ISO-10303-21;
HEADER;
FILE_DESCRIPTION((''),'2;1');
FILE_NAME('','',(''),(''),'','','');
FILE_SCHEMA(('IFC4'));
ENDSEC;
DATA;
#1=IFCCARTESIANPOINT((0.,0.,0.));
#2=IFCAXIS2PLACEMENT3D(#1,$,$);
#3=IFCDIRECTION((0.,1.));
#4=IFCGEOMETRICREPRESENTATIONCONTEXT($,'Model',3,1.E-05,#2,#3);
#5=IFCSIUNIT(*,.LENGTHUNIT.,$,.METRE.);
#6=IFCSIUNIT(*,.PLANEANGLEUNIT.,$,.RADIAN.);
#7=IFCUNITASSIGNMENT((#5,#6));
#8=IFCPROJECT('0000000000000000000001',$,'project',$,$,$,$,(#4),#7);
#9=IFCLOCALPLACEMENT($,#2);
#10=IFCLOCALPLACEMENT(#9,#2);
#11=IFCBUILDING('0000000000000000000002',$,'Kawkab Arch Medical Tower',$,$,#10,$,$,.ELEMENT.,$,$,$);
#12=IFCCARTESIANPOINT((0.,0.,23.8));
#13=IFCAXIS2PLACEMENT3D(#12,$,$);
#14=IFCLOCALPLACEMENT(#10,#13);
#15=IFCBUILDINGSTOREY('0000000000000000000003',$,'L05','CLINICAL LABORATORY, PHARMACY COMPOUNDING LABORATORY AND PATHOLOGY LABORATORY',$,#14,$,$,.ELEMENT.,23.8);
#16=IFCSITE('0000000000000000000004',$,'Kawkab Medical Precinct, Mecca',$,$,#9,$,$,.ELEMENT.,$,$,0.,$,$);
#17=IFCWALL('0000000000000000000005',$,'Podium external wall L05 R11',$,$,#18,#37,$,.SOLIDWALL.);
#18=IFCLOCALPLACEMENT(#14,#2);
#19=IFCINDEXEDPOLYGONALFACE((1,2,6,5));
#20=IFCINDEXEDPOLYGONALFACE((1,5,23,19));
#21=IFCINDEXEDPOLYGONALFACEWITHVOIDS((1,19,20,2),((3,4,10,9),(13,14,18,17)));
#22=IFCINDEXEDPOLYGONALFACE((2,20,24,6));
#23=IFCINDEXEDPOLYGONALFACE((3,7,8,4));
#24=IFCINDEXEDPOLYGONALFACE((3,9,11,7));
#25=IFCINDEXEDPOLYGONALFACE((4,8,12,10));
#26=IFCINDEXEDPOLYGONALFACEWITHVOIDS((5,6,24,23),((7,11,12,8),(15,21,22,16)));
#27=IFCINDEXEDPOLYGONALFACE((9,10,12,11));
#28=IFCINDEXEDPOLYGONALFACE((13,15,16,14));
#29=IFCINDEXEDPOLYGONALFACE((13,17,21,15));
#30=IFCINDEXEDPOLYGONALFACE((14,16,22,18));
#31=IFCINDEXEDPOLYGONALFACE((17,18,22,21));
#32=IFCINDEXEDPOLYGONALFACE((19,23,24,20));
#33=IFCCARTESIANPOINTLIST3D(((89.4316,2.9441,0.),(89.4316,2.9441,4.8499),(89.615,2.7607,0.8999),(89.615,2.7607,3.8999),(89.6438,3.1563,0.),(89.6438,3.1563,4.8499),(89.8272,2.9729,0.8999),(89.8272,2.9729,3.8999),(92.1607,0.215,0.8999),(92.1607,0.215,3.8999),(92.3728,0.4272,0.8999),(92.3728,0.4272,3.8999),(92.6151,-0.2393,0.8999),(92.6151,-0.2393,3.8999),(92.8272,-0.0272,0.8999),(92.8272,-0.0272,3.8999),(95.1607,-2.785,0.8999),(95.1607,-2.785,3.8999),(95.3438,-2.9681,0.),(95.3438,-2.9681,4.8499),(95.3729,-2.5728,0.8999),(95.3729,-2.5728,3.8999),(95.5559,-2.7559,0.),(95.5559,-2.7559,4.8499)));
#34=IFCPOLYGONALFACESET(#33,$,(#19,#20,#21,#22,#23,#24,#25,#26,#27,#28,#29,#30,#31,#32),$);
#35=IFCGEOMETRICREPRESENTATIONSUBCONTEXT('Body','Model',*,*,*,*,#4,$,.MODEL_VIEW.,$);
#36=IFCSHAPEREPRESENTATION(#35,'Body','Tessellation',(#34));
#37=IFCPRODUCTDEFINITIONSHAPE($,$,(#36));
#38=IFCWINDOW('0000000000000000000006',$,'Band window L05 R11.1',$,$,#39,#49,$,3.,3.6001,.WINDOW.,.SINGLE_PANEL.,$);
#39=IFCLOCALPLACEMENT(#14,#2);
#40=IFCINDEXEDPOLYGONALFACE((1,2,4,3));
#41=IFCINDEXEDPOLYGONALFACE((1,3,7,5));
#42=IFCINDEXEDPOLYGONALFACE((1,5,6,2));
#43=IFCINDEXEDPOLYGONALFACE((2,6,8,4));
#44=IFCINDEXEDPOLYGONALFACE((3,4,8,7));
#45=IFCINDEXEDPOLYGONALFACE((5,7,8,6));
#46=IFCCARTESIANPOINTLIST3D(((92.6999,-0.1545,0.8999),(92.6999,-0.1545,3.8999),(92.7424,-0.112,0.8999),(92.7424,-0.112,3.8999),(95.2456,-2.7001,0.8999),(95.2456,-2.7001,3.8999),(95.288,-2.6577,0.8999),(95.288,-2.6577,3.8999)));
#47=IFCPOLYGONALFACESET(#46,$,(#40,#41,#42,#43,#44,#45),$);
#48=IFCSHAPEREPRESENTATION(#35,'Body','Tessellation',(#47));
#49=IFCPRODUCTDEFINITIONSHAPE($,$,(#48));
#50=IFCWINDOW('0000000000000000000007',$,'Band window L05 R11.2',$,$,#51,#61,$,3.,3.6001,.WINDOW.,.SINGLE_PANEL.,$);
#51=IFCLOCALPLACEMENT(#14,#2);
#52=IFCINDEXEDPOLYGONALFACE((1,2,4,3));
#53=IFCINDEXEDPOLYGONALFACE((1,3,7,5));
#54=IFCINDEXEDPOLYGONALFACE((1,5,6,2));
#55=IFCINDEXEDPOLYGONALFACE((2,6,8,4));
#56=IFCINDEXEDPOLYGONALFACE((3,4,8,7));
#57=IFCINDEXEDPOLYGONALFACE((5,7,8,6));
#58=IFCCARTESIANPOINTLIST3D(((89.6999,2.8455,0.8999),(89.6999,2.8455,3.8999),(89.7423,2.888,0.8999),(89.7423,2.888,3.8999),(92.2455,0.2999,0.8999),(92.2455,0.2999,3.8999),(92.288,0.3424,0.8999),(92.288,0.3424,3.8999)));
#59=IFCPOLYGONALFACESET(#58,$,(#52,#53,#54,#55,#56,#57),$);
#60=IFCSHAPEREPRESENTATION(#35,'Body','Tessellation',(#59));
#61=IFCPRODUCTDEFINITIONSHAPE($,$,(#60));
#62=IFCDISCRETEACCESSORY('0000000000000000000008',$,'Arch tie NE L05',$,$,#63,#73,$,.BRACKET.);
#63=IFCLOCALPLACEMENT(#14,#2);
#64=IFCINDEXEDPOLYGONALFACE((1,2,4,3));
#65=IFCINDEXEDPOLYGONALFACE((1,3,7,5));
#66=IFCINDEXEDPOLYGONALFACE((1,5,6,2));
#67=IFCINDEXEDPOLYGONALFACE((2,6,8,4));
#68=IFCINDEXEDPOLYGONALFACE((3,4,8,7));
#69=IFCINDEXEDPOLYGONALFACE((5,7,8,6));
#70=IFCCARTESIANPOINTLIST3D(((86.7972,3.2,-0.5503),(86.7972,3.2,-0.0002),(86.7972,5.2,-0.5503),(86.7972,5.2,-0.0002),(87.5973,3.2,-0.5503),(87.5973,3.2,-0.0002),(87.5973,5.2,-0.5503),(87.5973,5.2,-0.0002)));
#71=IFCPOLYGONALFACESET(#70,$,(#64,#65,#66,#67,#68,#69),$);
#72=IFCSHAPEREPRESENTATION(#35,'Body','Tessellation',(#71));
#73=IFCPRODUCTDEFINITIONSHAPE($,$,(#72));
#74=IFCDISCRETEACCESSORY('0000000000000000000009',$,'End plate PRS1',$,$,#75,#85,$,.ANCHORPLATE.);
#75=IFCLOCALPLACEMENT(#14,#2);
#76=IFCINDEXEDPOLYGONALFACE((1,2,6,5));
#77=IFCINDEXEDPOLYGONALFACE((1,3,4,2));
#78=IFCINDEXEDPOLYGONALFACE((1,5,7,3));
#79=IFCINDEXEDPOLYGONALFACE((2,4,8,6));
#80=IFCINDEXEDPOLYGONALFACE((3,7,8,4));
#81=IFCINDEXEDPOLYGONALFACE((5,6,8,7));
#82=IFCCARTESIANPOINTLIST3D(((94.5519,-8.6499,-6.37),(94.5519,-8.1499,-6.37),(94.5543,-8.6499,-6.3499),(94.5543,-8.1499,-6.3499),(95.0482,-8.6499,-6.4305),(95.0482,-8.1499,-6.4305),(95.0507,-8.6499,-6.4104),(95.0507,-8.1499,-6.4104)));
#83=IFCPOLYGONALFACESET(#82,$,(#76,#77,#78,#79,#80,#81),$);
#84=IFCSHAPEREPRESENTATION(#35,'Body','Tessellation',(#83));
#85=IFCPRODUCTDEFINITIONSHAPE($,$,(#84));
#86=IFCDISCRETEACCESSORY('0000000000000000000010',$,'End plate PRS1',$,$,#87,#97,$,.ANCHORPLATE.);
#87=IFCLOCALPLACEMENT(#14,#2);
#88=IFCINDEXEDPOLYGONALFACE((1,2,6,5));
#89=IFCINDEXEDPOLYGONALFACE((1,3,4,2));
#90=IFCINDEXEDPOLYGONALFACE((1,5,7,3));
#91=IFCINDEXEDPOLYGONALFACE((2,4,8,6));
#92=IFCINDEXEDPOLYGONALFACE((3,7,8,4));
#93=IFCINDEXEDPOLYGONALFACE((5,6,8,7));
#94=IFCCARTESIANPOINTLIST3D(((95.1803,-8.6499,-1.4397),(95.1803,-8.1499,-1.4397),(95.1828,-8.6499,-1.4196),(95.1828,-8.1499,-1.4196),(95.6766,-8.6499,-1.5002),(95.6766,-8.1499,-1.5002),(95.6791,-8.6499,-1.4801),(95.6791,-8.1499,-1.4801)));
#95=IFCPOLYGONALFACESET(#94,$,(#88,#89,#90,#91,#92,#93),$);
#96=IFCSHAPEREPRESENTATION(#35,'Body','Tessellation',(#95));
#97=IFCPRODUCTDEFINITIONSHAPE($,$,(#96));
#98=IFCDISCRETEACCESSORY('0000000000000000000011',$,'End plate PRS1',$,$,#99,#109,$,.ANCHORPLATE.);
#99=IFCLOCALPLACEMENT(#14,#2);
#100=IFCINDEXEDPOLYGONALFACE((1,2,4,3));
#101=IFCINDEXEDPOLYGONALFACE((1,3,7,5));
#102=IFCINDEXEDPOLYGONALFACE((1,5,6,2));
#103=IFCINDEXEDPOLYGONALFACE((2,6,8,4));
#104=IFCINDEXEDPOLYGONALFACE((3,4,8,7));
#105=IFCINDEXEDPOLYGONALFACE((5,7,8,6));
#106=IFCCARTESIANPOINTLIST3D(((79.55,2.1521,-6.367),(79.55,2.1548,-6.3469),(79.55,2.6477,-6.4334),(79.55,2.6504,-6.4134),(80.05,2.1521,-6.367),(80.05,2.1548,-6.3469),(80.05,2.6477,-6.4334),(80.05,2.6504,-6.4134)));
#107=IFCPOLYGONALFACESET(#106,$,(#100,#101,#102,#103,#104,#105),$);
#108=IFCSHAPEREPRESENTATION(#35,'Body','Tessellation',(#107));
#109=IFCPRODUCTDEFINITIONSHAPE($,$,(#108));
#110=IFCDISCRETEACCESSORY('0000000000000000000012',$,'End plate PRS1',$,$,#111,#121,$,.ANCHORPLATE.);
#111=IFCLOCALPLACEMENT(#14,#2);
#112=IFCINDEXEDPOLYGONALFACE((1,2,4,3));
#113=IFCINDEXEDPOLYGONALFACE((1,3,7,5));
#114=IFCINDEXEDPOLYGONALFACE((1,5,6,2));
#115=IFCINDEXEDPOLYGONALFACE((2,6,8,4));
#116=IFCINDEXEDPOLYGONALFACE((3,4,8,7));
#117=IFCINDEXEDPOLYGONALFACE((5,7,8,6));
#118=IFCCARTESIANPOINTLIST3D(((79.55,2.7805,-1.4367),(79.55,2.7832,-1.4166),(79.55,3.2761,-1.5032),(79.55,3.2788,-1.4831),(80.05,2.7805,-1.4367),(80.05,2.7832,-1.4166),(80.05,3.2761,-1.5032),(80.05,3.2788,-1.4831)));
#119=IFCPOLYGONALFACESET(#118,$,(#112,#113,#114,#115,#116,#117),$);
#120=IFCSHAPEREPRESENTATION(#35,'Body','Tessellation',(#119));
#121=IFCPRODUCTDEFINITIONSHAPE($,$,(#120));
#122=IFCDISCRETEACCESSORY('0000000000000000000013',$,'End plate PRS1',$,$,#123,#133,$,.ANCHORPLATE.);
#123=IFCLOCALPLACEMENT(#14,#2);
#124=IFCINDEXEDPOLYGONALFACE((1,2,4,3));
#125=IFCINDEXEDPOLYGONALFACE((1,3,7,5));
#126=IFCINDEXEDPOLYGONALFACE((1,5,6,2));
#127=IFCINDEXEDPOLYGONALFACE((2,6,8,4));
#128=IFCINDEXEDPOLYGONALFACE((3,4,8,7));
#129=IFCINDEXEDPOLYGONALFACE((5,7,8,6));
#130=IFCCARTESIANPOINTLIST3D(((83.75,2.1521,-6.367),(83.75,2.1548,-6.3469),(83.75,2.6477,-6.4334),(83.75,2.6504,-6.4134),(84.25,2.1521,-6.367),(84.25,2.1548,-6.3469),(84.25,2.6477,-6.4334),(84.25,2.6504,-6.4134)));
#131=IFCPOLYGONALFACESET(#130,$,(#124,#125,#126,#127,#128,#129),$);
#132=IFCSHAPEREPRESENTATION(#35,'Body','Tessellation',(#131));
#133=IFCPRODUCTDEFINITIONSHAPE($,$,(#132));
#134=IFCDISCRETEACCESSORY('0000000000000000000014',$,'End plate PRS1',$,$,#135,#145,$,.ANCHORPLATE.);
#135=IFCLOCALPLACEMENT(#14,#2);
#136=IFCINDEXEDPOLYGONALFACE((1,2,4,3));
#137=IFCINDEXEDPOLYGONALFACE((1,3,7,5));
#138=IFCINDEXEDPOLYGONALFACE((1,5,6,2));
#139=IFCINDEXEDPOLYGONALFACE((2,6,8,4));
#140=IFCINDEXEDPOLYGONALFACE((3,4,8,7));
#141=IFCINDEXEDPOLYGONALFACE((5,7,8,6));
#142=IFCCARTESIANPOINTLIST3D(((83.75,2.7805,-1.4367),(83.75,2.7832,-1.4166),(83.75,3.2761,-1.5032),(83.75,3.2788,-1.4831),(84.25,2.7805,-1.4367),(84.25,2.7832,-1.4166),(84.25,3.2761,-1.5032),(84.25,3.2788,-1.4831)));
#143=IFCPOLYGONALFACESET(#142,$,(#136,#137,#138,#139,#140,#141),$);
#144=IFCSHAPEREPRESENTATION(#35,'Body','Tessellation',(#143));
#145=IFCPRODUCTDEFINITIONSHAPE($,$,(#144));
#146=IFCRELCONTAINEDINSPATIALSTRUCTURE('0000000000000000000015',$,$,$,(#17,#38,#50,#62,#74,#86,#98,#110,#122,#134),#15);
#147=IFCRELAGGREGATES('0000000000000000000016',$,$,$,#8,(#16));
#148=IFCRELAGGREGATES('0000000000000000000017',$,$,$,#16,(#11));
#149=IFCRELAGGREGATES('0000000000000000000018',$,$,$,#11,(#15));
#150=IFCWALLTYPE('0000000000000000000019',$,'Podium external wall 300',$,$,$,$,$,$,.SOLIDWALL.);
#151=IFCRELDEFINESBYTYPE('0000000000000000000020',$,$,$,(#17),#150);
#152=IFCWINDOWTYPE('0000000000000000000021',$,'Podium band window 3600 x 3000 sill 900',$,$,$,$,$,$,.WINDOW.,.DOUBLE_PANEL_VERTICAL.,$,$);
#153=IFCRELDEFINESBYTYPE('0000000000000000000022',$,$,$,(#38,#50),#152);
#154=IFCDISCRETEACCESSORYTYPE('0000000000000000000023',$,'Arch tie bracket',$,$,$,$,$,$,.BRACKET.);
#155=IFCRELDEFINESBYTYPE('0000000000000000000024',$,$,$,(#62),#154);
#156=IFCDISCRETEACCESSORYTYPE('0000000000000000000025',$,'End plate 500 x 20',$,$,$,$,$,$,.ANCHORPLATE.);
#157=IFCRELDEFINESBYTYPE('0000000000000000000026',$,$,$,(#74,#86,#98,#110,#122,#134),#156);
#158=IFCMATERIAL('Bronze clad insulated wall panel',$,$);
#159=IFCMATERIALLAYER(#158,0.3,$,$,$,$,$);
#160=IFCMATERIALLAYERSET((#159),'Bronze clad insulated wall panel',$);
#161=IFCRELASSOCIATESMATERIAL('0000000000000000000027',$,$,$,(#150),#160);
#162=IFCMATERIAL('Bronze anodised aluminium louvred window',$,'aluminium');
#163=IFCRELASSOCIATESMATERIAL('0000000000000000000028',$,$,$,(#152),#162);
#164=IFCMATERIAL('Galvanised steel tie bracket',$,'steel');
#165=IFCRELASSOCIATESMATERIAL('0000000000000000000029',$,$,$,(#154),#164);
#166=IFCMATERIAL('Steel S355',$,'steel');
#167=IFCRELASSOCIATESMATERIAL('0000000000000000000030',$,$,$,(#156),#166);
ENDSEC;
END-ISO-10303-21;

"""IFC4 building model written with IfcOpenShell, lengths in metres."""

from ifc_helpers import new_model, si_unit, direction, frame, frame_2d, origin, origin_2d, place, context, subcontext, project, spatial, rectangle, extrude, material, layer, layer_set, material_profile, profile_set, type_object, element, fill, save


model = new_model("IFC4")

# Units and contexts
model_context = context("Model", 3, precision=1e-05, world=origin(), true_north=direction((0.0, 1.0)))
body_context = subcontext(model_context, "Body", "Model", "MODEL_VIEW")
ifc_project = project(units=[si_unit("LENGTHUNIT", "METRE"), si_unit("PLANEANGLEUNIT", "RADIAN")], contexts=[model_context])

# Site, building, storey
site_placement = place(None, origin())
site = spatial("IfcSite", under=ifc_project, at=site_placement, Name="Kawkab Medical Precinct, Mecca", CompositionType="ELEMENT", RefElevation=0.0)
building_placement = place(site_placement, origin())
building = spatial("IfcBuilding", under=site, at=building_placement, Name="Kawkab Arch Medical Tower", CompositionType="ELEMENT")
storey_placement = place(building_placement, frame((0.0, 0.0, 23.8)))
storey = spatial("IfcBuildingStorey", under=building, at=storey_placement, Name="L05", Description="CLINICAL LABORATORY, PHARMACY COMPOUNDING LABORATORY AND PATHOLOGY LABORATORY", CompositionType="ELEMENT", Elevation=23.8)

# Wall, openings, windows
ifc_material_1 = material(Name="Bronze clad insulated wall panel")
ifc_layer_1 = layer(ifc_material_1, 0.3)
ifc_layer_set_1 = layer_set([ifc_layer_1], Name="Bronze clad insulated wall panel")
wall_type_1 = type_object("IfcWallType", Name="Podium external wall 300", PredefinedType="SOLIDWALL", material=ifc_layer_set_1)
wall_1_placement = place(storey_placement, frame((95.45, -2.8621, 0.0), z_axis=(0.0, 0.0, 1.0), x_axis=(-0.707107, 0.707107, 0.0)))
wall_1 = element("IfcWall", 1, at=wall_1_placement, inside=storey, type_object=wall_type_1, Name="Podium external wall L05 R11", PredefinedType="SOLIDWALL", context=body_context, shape_type="SweptSolid", body=[
    extrude(rectangle(XDim=8.3611, YDim=0.3, at=frame_2d((4.1807, 0.0))), origin(), (0.0, 0.0, 1.0), 4.8499),
])
opening_1_placement = place(wall_1_placement, frame((0.259, 0.0, 0.8999)))
opening_1 = element("IfcOpeningElement", 2, at=opening_1_placement, cuts=wall_1, PredefinedType="OPENING", context=body_context, shape_type="SweptSolid", body=[
    extrude(rectangle(XDim=3.6001, YDim=3.0, at=frame_2d((1.8, 1.5))), frame((0.0, 0.1599, 0.0), z_axis=(0.0, -1.0, 0.0), x_axis=(1.0, 0.0, 0.0)), (0.0, 0.0, 1.0), 0.3201),
])
opening_2_placement = place(wall_1_placement, frame((4.5017, 0.0, 0.8999)))
opening_2 = element("IfcOpeningElement", 3, at=opening_2_placement, cuts=wall_1, PredefinedType="OPENING", context=body_context, shape_type="SweptSolid", body=[
    extrude(rectangle(XDim=3.6001, YDim=3.0, at=frame_2d((1.8, 1.5))), frame((0.0, 0.1599, 0.0), z_axis=(0.0, -1.0, 0.0), x_axis=(1.0, 0.0, 0.0)), (0.0, 0.0, 1.0), 0.3201),
])
ifc_material_2 = material(Name="Bronze anodised aluminium louvred window", Category="aluminium")
window_type = type_object("IfcWindowType", Name="Podium band window 3600 x 3000 sill 900", PartitioningType="DOUBLE_PANEL_VERTICAL", PredefinedType="WINDOW", material=ifc_material_2)
window_1_placement = place(opening_1_placement, origin())
window_1 = element("IfcWindow", 4, at=window_1_placement, inside=storey, type_object=window_type, Name="Band window L05 R11.1", OverallHeight=3.0, OverallWidth=3.6001, PartitioningType="SINGLE_PANEL", PredefinedType="WINDOW", context=body_context, shape_type="SweptSolid", body=[
    extrude(rectangle(XDim=3.6001, YDim=3.0, at=frame_2d((1.8, 1.5))), frame((0.0, 0.03, 0.0), z_axis=(0.0, -1.0, 0.0), x_axis=(1.0, 0.0, 0.0)), (0.0, 0.0, 1.0), 0.0601),
])
fill(opening_1, window_1)
window_2_placement = place(opening_2_placement, origin())
window_2 = element("IfcWindow", 5, at=window_2_placement, inside=storey, type_object=window_type, Name="Band window L05 R11.2", OverallHeight=3.0, OverallWidth=3.6001, PartitioningType="SINGLE_PANEL", PredefinedType="WINDOW", context=body_context, shape_type="SweptSolid", body=[
    extrude(rectangle(XDim=3.6001, YDim=3.0, at=frame_2d((1.8, 1.5))), frame((0.0, 0.03, 0.0), z_axis=(0.0, -1.0, 0.0), x_axis=(1.0, 0.0, 0.0)), (0.0, 0.0, 1.0), 0.0601),
])
fill(opening_2, window_2)

# Discrete accessories
ifc_material_3 = material(Name="Galvanised steel tie bracket", Category="steel")
discrete_accessory_type_1 = type_object("IfcDiscreteAccessoryType", Name="Arch tie bracket", PredefinedType="BRACKET", material=ifc_material_3)
discrete_accessory_placement = place(storey_placement, frame((87.1973, 4.2, -0.5503), z_axis=(0.0, 0.0, 1.0), x_axis=(1.0, 0.0, 0.0)))
element("IfcDiscreteAccessory", 6, at=discrete_accessory_placement, inside=storey, type_object=discrete_accessory_type_1, Name="Arch tie NE L05", PredefinedType="BRACKET", context=body_context, shape_type="SweptSolid", body=[
    extrude(rectangle(XDim=0.8, YDim=2.0, at=origin_2d()), origin(), (0.0, 0.0, 1.0), 0.55),
])
ifc_material_4 = material(Name="Steel S355", Category="steel")
ifc_material_profile_1 = material_profile(ifc_material_4, rectangle(XDim=0.5, YDim=0.5, at=origin_2d()), Name="End plate 500 x 20")
ifc_profile_set_1 = profile_set([ifc_material_profile_1], Name="Steel S355")
discrete_accessory_type_2 = type_object("IfcDiscreteAccessoryType", Name="End plate 500 x 20", PredefinedType="ANCHORPLATE", material=ifc_profile_set_1)
for number, where, z_axis, x_axis, name in (
    (7, (94.8025, -8.3999, -6.3801), (-0.121054, 0.0, -0.992646), (0.0, -1.0, 0.0), "End plate PRS1"),
    (8, (95.4285, -8.3999, -1.47), (0.121054, 0.0, 0.992646), (0.0, 1.0, 0.0), "End plate PRS1"),
    (9, (79.8, 2.4026, -6.3801), (0.0, -0.132955, -0.991122), (1.0, 0.0, 0.0), "End plate PRS1"),
    (10, (79.8, 3.0283, -1.47), (0.0, 0.132955, 0.991122), (-1.0, 0.0, 0.0), "End plate PRS1"),
    (11, (84.0, 2.4026, -6.3801), (0.0, -0.132955, -0.991122), (1.0, 0.0, 0.0), "End plate PRS1"),
    (12, (84.0, 3.0283, -1.47), (0.0, 0.132955, 0.991122), (-1.0, 0.0, 0.0), "End plate PRS1"),
):
    element("IfcDiscreteAccessory", number, at=place(storey_placement, frame(where, z_axis=z_axis, x_axis=x_axis)), inside=storey, type_object=discrete_accessory_type_2, Name=name, PredefinedType="ANCHORPLATE", context=body_context, shape_type="SweptSolid", body=[
        extrude(rectangle(XDim=0.5, YDim=0.5, at=origin_2d()), origin(), (0.0, 0.0, 1.0), 0.0203),
    ])

save(model, "model.ifc")
